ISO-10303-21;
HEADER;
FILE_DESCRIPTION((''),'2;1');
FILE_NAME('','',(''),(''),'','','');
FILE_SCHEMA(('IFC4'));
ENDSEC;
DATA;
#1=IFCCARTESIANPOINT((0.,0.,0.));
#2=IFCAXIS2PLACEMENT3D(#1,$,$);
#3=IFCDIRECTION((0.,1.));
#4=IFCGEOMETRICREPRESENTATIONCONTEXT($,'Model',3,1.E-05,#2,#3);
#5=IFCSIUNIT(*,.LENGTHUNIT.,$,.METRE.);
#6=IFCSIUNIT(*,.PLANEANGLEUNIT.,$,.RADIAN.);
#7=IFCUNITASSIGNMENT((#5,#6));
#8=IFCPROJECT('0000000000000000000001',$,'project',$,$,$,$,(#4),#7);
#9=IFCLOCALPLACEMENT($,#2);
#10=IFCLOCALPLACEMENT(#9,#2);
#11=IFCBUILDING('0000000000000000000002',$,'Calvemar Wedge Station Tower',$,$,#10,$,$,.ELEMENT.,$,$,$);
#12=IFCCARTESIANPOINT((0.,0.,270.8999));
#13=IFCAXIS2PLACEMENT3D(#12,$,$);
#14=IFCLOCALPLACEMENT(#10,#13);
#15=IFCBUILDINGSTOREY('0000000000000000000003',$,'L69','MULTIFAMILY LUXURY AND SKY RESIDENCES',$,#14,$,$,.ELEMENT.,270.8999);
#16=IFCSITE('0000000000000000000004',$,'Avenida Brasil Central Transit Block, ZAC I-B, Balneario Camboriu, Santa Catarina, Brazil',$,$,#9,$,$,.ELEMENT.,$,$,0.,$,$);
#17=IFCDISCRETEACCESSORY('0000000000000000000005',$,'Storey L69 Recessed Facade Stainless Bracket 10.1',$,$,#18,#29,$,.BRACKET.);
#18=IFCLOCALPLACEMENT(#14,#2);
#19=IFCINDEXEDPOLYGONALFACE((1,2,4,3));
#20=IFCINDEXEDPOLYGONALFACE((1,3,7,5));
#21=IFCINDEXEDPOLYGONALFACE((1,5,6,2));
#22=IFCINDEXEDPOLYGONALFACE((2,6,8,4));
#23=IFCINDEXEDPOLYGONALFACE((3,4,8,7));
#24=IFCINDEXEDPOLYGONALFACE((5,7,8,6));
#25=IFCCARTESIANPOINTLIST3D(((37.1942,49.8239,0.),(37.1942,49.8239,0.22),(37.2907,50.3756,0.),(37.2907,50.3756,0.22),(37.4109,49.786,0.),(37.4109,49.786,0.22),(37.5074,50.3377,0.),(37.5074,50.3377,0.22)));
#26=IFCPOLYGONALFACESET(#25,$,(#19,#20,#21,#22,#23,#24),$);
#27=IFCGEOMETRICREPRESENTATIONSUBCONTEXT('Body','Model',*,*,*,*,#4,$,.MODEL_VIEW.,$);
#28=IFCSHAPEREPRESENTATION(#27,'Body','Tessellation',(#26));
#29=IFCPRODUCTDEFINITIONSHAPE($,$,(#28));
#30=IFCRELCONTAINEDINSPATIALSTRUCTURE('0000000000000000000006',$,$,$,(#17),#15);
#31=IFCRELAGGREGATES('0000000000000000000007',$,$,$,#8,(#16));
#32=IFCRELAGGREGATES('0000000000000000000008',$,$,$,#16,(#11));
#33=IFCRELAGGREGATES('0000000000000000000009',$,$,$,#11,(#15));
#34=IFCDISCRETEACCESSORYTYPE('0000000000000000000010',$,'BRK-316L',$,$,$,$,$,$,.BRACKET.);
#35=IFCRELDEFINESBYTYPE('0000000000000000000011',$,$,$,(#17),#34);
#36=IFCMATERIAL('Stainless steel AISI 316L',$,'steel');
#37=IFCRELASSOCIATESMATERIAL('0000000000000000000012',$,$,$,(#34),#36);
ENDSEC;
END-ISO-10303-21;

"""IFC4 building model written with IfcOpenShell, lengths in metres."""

from ifc_helpers import new_model, si_unit, direction, frame, origin, origin_2d, place, context, subcontext, project, spatial, rectangle, extrude, source, transform, mapped, material, type_object, element, save


model = new_model("IFC4")

# Units and contexts
model_context = context("Model", 3, precision=1e-05, world=origin(), true_north=direction((0.0, 1.0)))
body_context = subcontext(model_context, "Body", "Model", "MODEL_VIEW")
ifc_project = project(units=[si_unit("LENGTHUNIT", "METRE"), si_unit("PLANEANGLEUNIT", "RADIAN")], contexts=[model_context])

# Site, building, storey
site_placement = place(None, origin())
site = spatial("IfcSite", under=ifc_project, at=site_placement, Name="Avenida Brasil Central Transit Block, ZAC I-B, Balneario Camboriu, Santa Catarina, Brazil", CompositionType="ELEMENT", RefElevation=0.0)
building_placement = place(site_placement, origin())
building = spatial("IfcBuilding", under=site, at=building_placement, Name="Calvemar Wedge Station Tower", CompositionType="ELEMENT")
storey_placement = place(building_placement, frame((0.0, 0.0, 270.8999)))
storey = spatial("IfcBuildingStorey", under=building, at=storey_placement, Name="L69", Description="MULTIFAMILY LUXURY AND SKY RESIDENCES", CompositionType="ELEMENT", Elevation=270.8999)

# Discrete accessory
ifc_material_1 = material(Name="Stainless steel AISI 316L", Category="steel")
discrete_accessory_type = type_object("IfcDiscreteAccessoryType", Name="BRK-316L", PredefinedType="BRACKET", material=ifc_material_1)
shared_shape_1 = source(origin(), body_context, "Body", "SweptSolid", [
    extrude(rectangle(XDim=0.22, YDim=0.5601, at=origin_2d()), origin(), (0.0, 0.0, 1.0), 0.22),
])
discrete_accessory_placement = place(storey_placement, frame((37.3508, 50.0808, 0.0), z_axis=(0.0, 0.0, 1.0), x_axis=(-0.985049, 0.172273, 0.0)))
element("IfcDiscreteAccessory", 1, at=discrete_accessory_placement, inside=storey, type_object=discrete_accessory_type, Name="Storey L69 Recessed Facade Stainless Bracket 10.1", PredefinedType="BRACKET", context=body_context, shape_type="MappedRepresentation", body=[
    mapped(shared_shape_1, transform((0.0, 0.0, 0.0), scale=1.0)),
])

save(model, "model.ifc")
